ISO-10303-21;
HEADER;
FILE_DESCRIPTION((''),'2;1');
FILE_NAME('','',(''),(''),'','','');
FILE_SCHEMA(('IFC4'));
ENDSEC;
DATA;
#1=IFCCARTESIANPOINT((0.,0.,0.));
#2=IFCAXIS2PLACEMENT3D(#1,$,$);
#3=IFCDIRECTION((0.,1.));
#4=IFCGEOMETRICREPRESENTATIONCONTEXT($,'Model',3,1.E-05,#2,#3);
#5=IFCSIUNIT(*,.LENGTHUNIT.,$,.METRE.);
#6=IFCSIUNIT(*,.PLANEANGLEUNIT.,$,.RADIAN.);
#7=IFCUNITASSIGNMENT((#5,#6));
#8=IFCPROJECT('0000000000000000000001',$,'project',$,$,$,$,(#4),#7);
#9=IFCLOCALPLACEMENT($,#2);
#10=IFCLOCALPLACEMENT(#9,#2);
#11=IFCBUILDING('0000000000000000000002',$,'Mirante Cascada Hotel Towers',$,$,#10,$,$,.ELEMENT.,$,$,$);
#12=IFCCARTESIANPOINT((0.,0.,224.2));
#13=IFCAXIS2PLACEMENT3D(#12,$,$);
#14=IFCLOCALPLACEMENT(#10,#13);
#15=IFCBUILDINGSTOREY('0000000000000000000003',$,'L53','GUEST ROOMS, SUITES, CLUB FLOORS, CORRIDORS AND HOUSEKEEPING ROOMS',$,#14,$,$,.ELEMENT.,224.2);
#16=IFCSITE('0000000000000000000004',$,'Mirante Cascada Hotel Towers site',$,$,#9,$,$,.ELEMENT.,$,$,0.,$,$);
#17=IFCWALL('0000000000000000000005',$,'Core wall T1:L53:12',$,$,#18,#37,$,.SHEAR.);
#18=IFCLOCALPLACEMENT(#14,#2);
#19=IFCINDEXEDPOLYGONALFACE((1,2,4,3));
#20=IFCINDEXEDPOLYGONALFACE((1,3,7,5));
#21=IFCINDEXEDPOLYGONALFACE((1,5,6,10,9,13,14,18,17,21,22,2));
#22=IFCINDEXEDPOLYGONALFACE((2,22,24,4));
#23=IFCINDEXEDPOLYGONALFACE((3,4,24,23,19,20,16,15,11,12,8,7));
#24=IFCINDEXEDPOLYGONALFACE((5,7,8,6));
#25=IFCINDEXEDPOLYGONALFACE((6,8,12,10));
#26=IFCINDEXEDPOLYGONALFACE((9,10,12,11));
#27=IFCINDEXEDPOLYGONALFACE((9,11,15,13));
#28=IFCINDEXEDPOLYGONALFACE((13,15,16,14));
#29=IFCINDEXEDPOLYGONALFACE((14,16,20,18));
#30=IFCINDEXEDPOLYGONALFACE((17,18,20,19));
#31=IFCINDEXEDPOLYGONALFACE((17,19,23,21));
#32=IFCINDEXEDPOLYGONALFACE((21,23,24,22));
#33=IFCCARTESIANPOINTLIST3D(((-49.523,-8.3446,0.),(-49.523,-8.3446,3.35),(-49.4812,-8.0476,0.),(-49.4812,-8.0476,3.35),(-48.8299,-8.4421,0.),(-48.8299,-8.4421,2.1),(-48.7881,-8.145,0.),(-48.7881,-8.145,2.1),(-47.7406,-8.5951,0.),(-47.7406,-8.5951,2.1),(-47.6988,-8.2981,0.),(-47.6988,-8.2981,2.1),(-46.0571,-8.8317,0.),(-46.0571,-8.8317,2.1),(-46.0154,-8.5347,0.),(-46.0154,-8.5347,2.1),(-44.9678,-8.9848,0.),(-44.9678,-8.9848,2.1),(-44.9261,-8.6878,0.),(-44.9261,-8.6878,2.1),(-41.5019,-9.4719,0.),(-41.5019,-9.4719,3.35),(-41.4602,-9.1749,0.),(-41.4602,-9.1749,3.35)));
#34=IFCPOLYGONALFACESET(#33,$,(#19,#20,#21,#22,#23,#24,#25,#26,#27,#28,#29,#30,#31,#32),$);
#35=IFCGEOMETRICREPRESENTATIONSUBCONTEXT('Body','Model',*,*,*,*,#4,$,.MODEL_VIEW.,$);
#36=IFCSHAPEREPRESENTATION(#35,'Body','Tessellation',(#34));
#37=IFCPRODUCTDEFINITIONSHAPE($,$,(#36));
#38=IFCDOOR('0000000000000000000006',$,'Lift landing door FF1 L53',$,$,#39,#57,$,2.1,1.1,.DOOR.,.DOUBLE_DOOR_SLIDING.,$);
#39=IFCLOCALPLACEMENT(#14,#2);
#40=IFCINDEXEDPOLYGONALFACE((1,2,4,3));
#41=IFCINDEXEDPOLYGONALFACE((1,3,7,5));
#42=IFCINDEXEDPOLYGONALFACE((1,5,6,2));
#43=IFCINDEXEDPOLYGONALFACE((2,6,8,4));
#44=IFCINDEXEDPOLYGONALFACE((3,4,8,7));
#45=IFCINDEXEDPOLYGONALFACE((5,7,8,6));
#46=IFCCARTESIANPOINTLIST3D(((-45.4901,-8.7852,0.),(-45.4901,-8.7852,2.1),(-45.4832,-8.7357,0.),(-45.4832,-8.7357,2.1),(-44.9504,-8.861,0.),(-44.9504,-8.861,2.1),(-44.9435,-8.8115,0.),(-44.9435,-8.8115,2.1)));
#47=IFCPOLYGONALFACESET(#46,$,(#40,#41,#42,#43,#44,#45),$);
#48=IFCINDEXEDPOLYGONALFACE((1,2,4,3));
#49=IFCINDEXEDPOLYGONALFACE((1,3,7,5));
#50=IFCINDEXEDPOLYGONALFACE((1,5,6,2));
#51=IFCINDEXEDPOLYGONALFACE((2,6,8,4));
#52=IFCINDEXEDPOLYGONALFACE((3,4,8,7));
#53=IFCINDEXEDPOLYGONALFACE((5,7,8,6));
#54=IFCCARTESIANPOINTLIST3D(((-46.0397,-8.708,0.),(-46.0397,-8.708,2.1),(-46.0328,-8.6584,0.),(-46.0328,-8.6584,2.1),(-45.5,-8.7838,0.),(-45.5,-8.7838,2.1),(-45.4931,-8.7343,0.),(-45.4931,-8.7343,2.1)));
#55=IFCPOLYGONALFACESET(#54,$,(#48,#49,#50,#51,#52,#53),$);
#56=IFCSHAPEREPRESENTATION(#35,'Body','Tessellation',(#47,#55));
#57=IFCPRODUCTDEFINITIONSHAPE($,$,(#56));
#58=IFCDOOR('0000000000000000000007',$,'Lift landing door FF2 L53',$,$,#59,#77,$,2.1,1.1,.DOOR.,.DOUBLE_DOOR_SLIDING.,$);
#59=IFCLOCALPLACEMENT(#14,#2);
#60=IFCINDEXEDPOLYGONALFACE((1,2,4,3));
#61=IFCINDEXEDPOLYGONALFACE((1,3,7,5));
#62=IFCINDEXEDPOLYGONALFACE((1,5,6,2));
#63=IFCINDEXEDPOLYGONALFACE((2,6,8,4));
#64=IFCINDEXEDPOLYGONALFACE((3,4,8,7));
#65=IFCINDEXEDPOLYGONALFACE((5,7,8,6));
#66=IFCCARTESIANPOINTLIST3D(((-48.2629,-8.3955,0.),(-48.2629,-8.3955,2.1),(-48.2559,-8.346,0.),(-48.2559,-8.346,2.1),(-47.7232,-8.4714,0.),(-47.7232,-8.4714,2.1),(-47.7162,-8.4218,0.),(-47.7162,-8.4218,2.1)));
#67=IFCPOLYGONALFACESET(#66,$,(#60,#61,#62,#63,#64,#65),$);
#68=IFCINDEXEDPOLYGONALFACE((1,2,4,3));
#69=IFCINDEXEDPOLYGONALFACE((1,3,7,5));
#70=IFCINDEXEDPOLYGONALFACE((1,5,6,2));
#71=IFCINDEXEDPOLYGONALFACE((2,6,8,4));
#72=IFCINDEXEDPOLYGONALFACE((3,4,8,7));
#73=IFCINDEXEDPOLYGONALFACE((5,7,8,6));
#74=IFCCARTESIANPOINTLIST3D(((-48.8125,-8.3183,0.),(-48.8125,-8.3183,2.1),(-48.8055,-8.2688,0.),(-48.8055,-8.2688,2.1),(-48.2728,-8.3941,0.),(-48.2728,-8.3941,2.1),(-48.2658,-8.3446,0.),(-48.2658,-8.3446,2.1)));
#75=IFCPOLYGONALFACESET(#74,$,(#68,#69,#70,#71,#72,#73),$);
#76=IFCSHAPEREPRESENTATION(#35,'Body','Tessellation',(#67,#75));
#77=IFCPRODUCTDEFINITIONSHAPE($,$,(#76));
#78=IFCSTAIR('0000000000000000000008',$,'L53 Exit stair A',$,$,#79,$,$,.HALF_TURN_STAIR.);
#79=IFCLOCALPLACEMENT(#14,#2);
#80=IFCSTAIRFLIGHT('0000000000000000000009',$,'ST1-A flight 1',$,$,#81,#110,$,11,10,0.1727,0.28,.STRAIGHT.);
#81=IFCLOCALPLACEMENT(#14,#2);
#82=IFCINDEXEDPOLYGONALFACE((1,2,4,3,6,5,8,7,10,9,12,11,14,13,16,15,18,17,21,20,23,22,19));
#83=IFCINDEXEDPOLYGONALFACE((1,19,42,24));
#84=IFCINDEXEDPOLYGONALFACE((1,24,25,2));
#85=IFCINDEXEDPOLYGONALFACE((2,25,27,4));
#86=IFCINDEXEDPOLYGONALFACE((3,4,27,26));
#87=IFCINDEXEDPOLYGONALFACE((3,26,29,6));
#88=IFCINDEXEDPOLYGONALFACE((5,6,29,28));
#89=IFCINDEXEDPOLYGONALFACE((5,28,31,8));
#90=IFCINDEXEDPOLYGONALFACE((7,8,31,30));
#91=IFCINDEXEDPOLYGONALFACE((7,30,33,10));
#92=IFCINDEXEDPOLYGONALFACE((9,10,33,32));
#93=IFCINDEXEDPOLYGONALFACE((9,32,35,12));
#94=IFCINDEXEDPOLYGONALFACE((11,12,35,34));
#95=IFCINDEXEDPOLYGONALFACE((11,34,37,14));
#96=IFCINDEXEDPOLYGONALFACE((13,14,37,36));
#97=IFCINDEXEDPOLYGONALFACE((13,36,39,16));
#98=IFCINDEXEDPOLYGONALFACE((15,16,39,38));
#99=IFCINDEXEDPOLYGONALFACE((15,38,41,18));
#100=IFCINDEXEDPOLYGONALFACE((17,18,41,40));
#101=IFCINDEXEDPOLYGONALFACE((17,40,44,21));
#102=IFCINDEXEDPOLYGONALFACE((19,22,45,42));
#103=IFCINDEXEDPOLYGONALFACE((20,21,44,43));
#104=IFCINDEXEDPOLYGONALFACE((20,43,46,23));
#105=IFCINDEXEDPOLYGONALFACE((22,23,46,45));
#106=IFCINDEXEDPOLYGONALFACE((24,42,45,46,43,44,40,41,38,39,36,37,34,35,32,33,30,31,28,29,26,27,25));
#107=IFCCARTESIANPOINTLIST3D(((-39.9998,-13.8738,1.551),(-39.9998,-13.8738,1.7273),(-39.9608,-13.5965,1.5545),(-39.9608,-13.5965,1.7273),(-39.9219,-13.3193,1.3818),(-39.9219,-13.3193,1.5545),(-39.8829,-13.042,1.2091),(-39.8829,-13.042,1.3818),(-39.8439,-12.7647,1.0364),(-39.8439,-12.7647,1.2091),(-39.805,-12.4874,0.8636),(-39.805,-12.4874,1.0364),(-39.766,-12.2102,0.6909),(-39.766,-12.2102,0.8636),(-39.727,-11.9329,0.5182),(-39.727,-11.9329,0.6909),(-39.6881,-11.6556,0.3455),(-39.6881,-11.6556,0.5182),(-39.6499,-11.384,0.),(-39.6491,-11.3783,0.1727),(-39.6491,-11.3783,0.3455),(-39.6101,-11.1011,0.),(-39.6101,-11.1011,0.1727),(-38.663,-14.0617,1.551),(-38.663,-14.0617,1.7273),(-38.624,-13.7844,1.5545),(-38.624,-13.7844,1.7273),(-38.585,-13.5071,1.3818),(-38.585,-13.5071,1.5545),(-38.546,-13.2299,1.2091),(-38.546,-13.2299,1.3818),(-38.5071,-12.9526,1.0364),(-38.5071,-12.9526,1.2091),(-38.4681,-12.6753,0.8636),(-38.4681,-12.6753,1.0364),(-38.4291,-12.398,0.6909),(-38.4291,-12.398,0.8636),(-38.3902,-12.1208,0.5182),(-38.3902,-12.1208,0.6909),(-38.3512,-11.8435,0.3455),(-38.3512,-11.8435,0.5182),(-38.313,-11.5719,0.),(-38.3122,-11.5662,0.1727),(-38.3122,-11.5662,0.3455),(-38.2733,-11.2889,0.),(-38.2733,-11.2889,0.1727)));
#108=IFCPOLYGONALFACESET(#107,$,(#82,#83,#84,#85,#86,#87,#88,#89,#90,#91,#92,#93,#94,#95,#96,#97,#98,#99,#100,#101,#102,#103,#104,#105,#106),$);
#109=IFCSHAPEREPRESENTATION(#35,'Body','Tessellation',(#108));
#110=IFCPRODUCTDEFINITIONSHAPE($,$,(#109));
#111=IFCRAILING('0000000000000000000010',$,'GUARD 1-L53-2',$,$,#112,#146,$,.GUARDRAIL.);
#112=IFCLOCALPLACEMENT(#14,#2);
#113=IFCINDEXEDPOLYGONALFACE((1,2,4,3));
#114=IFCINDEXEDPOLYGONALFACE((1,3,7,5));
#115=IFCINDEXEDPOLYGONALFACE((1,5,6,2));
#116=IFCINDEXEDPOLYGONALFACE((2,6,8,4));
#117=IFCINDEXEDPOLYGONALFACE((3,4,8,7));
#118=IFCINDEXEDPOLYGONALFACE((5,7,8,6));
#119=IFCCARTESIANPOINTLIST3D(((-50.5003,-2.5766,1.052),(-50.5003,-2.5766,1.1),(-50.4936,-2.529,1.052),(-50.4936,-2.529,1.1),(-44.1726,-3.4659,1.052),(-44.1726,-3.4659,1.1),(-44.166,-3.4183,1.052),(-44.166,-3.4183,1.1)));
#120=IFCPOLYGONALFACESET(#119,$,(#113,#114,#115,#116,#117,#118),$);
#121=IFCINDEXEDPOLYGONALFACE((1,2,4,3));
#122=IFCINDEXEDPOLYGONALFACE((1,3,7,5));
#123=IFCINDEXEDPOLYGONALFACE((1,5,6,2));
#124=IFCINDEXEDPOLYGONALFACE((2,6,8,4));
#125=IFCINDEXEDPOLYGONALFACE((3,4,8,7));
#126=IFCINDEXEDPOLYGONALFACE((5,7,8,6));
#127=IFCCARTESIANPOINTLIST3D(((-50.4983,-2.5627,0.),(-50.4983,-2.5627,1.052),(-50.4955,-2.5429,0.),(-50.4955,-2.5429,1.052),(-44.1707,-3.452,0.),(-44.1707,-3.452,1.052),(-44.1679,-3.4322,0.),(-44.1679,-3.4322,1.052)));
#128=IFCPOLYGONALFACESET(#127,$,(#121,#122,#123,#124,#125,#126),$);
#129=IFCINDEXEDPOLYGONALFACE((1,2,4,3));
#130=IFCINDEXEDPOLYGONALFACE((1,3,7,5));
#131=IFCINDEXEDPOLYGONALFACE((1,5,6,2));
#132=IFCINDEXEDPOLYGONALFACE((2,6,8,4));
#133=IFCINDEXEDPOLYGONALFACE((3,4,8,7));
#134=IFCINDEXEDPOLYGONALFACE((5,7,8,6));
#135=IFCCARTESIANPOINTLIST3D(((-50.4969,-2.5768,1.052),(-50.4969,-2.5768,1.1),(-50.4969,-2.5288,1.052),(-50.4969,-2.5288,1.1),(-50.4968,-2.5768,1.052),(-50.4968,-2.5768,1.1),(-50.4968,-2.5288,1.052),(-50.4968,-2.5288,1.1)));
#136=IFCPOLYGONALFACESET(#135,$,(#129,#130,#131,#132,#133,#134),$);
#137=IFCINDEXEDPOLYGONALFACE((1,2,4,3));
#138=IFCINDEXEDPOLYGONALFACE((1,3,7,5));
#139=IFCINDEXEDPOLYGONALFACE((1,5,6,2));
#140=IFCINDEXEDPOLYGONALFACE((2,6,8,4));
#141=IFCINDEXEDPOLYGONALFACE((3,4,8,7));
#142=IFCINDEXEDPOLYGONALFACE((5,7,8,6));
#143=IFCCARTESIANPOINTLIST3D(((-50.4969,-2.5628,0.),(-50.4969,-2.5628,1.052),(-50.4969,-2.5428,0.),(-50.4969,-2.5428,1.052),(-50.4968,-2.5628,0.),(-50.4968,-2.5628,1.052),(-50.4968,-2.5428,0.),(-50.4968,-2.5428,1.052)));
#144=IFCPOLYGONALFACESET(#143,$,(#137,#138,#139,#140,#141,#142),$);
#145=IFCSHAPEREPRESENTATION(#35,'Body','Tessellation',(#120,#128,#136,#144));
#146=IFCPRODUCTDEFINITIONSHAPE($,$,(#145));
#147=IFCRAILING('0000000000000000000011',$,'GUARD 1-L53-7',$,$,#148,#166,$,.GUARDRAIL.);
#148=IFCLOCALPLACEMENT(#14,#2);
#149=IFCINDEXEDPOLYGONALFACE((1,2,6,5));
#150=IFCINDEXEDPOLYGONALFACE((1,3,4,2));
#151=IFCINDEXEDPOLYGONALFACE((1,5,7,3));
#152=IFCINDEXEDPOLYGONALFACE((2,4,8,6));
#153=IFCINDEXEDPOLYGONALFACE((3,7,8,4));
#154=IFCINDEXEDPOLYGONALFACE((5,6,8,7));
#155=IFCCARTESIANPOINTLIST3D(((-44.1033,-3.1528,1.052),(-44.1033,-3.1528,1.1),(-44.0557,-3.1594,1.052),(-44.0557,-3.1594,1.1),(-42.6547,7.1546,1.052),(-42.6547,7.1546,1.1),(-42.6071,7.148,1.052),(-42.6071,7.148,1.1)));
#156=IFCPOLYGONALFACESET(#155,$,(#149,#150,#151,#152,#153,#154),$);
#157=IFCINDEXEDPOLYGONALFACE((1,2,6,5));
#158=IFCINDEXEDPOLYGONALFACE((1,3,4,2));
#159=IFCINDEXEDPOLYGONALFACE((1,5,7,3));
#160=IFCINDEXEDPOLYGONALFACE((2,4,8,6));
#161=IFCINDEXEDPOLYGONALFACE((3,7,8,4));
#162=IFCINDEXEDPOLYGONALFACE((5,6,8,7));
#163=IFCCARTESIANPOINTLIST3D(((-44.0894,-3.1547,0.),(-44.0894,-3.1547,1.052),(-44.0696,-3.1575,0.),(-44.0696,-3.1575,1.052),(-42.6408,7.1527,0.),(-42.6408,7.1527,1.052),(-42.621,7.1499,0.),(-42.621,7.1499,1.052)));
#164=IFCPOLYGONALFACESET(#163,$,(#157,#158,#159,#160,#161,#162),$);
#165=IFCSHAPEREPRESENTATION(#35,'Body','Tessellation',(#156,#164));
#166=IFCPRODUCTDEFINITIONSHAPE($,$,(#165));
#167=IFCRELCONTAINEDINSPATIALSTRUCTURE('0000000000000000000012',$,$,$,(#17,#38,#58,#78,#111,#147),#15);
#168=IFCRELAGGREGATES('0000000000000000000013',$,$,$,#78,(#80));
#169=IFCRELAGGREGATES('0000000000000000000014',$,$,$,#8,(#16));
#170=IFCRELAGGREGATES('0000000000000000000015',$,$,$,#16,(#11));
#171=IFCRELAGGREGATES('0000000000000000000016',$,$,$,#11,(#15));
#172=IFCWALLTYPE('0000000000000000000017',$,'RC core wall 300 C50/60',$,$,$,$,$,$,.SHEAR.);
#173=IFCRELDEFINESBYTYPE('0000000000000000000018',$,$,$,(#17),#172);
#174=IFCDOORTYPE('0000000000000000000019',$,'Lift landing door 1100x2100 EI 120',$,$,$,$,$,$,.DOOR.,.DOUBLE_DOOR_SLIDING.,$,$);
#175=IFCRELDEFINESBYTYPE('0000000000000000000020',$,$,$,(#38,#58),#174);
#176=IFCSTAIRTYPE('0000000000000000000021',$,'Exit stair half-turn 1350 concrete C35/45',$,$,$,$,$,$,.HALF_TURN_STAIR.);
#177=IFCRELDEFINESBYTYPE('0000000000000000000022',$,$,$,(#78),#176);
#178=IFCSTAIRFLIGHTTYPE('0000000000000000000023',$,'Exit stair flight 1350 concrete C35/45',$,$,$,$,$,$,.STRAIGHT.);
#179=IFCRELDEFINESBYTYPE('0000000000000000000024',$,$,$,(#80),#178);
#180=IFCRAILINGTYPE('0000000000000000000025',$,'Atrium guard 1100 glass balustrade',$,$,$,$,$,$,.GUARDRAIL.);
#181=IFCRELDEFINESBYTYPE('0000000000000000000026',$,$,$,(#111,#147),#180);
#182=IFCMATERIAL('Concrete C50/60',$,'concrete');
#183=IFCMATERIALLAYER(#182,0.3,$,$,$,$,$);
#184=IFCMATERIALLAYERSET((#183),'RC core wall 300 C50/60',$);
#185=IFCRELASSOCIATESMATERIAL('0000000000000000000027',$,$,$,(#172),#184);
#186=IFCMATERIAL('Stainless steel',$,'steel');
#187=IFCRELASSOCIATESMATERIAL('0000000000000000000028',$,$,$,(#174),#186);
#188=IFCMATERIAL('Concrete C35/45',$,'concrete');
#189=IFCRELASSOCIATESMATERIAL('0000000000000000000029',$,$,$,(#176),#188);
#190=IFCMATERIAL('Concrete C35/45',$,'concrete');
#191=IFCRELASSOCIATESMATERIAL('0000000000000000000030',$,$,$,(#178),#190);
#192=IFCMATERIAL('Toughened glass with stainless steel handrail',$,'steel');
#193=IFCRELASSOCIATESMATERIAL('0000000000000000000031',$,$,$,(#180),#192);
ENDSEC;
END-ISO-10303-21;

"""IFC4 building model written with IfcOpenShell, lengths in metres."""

from ifc_helpers import new_model, si_unit, direction, frame, frame_2d, origin, origin_2d, place, context, subcontext, project, spatial, polyline, rectangle, outline, extrude, material, layer, layer_set, type_object, element, fill, aggregate, save


model = new_model("IFC4")

# Units and contexts
model_context = context("Model", 3, precision=1e-05, world=origin(), true_north=direction((0.0, 1.0)))
body_context = subcontext(model_context, "Body", "Model", "MODEL_VIEW")
ifc_project = project(units=[si_unit("LENGTHUNIT", "METRE"), si_unit("PLANEANGLEUNIT", "RADIAN")], contexts=[model_context])

# Site, building, storey
site_placement = place(None, origin())
site = spatial("IfcSite", under=ifc_project, at=site_placement, Name="Mirante Cascada Hotel Towers site", CompositionType="ELEMENT", RefElevation=0.0)
building_placement = place(site_placement, origin())
building = spatial("IfcBuilding", under=site, at=building_placement, Name="Mirante Cascada Hotel Towers", CompositionType="ELEMENT")
storey_placement = place(building_placement, frame((0.0, 0.0, 224.2)))
storey = spatial("IfcBuildingStorey", under=building, at=storey_placement, Name="L53", Description="GUEST ROOMS, SUITES, CLUB FLOORS, CORRIDORS AND HOUSEKEEPING ROOMS", CompositionType="ELEMENT", Elevation=224.2)

# Shared definitions
ifc_material_1 = material(Name="Concrete C50/60", Category="concrete")
ifc_layer_1 = layer(ifc_material_1, 0.3)
ifc_layer_set_1 = layer_set([ifc_layer_1], Name="RC core wall 300 C50/60")
wall_type_1 = type_object("IfcWallType", Name="RC core wall 300 C50/60", PredefinedType="SHEAR", material=ifc_layer_set_1)

# Wall, openings, doors
wall_1_placement = place(storey_placement, frame((-41.481, -9.3234, 0.0), z_axis=(0.0, 0.0, 1.0), x_axis=(-0.990268, 0.139174, 0.0)))
wall_1 = element("IfcWall", 1, at=wall_1_placement, inside=storey, type_object=wall_type_1, Name="Core wall T1:L53:12", PredefinedType="SHEAR", context=body_context, shape_type="SweptSolid", body=[
    extrude(rectangle(XDim=8.0999, YDim=0.3, at=frame_2d((4.05, 0.0))), origin(), (0.0, 0.0, 1.0), 3.35),
])
opening_1_placement = place(wall_1_placement, frame((3.5, 0.0, 0.0)))
opening_1 = element("IfcOpeningElement", 2, at=opening_1_placement, cuts=wall_1, PredefinedType="OPENING", context=body_context, shape_type="SweptSolid", body=[
    extrude(rectangle(XDim=1.1, YDim=2.1, at=frame_2d((0.55, 1.05))), frame((0.0, 0.15, 0.0), z_axis=(0.0, -1.0, 0.0), x_axis=(1.0, 0.0, 0.0)), (0.0, 0.0, 1.0), 0.3),
])
opening_2_placement = place(wall_1_placement, frame((6.3, 0.0, 0.0)))
opening_2 = element("IfcOpeningElement", 3, at=opening_2_placement, cuts=wall_1, PredefinedType="OPENING", context=body_context, shape_type="SweptSolid", body=[
    extrude(rectangle(XDim=1.1, YDim=2.1, at=frame_2d((0.55, 1.05))), frame((0.0, 0.15, 0.0), z_axis=(0.0, -1.0, 0.0), x_axis=(1.0, 0.0, 0.0)), (0.0, 0.0, 1.0), 0.3),
])
ifc_material_2 = material(Name="Stainless steel", Category="steel")
door_type_1 = type_object("IfcDoorType", Name="Lift landing door 1100x2100 EI 120", OperationType="DOUBLE_DOOR_SLIDING", PredefinedType="DOOR", material=ifc_material_2)
door_1_placement = place(opening_1_placement, origin())
door_1 = element("IfcDoor", 4, at=door_1_placement, inside=storey, type_object=door_type_1, Name="Lift landing door FF1 L53", OperationType="DOUBLE_DOOR_SLIDING", OverallHeight=2.1, OverallWidth=1.1, PredefinedType="DOOR", context=body_context, shape_type="SweptSolid", body=[
    extrude(rectangle(XDim=0.545, YDim=2.1, at=frame_2d((0.2725, 1.05))), frame((0.0, 0.025, 0.0), z_axis=(0.0, -1.0, 0.0), x_axis=(1.0, 0.0, 0.0)), (0.0, 0.0, 1.0), 0.05),
    extrude(rectangle(XDim=0.545, YDim=2.1, at=frame_2d((0.8275, 1.05))), frame((0.0, 0.025, 0.0), z_axis=(0.0, -1.0, 0.0), x_axis=(1.0, 0.0, 0.0)), (0.0, 0.0, 1.0), 0.05),
])
fill(opening_1, door_1)
door_2_placement = place(opening_2_placement, origin())
door_2 = element("IfcDoor", 5, at=door_2_placement, inside=storey, type_object=door_type_1, Name="Lift landing door FF2 L53", OperationType="DOUBLE_DOOR_SLIDING", OverallHeight=2.1, OverallWidth=1.1, PredefinedType="DOOR", context=body_context, shape_type="SweptSolid", body=[
    extrude(rectangle(XDim=0.545, YDim=2.1, at=frame_2d((0.2725, 1.05))), frame((0.0, 0.025, 0.0), z_axis=(0.0, -1.0, 0.0), x_axis=(1.0, 0.0, 0.0)), (0.0, 0.0, 1.0), 0.05),
    extrude(rectangle(XDim=0.545, YDim=2.1, at=frame_2d((0.8275, 1.05))), frame((0.0, 0.025, 0.0), z_axis=(0.0, -1.0, 0.0), x_axis=(1.0, 0.0, 0.0)), (0.0, 0.0, 1.0), 0.05),
])
fill(opening_2, door_2)

# Stair, stair flight
ifc_material_3 = material(Name="Concrete C35/45", Category="concrete")
stair_type = type_object("IfcStairType", Name="Exit stair half-turn 1350 concrete C35/45", PredefinedType="HALF_TURN_STAIR", material=ifc_material_3)
stair_placement = place(storey_placement, origin())
stair = element("IfcStair", 6, at=stair_placement, inside=storey, type_object=stair_type, Name="L53 Exit stair A", PredefinedType="HALF_TURN_STAIR")
ifc_material_4 = material(Name="Concrete C35/45", Category="concrete")
stair_flight_type = type_object("IfcStairFlightType", Name="Exit stair flight 1350 concrete C35/45", PredefinedType="STRAIGHT", material=ifc_material_4)
stair_flight_placement = place(storey_placement, frame((-38.9417, -11.195, 0.0), z_axis=(0.0, 0.0, 1.0), x_axis=(-0.139173, -0.990268, 0.0)))
stair_flight = element("IfcStairFlight", 7, at=stair_flight_placement, type_object=stair_flight_type, Name="ST1-A flight 1", NumberOfRisers=11, NumberOfTreads=10, PredefinedType="STRAIGHT", RiserHeight=0.1727, TreadLength=0.28, context=body_context, shape_type="SweptSolid", body=[
    extrude(outline(polyline([(0.0, 0.0), (0.0, 0.1727), (0.28, 0.1727), (0.28, 0.3455), (0.56, 0.3455), (0.56, 0.5182), (0.84, 0.5182), (0.84, 0.6909), (1.12, 0.6909), (1.12, 0.8636), (1.4, 0.8636), (1.4, 1.0364), (1.68, 1.0364), (1.68, 1.2091), (1.96, 1.2091), (1.96, 1.3818), (2.24, 1.3818), (2.24, 1.5545), (2.52, 1.5545), (2.52, 1.7273), (2.8, 1.7273), (2.8, 1.9), (2.8, 1.551), (0.2857, 0.0), (0.0, 0.0)])), frame((0.0, 0.675, 0.0), z_axis=(0.0, -1.0, 0.0), x_axis=(1.0, 0.0, 0.0)), (0.0, 0.0, 1.0), 1.35),
])
aggregate(stair, [stair_flight])

# Railings
ifc_material_5 = material(Name="Toughened glass with stainless steel handrail", Category="steel")
railing_type_1 = type_object("IfcRailingType", Name="Atrium guard 1100 glass balustrade", PredefinedType="GUARDRAIL", material=ifc_material_5)
railing_1_placement = place(storey_placement, frame((-44.1693, -3.4421, 0.0)))
element("IfcRailing", 8, at=railing_1_placement, inside=storey, type_object=railing_type_1, Name="GUARD 1-L53-2", PredefinedType="GUARDRAIL", context=body_context, shape_type="SweptSolid", body=[
    extrude(rectangle(XDim=0.048, YDim=0.048, at=origin_2d()), frame((0.0, 0.0, 1.076), z_axis=(-0.990268, 0.139175, 0.0), x_axis=(-0.139175, -0.990268, 0.0)), (0.0, 0.0, 1.0), 6.3898),
    extrude(rectangle(XDim=0.02, YDim=1.052, at=origin_2d()), frame((0.0, 0.0, 0.526), z_axis=(-0.990268, 0.139175, 0.0), x_axis=(-0.139175, -0.990268, 0.0)), (0.0, 0.0, 1.0), 6.3898),
    extrude(rectangle(XDim=0.048, YDim=0.048, at=origin_2d()), frame((-6.3276, 0.8893, 1.076), z_axis=(1.0, 0.0, 0.0), x_axis=(0.0, 1.0, 0.0)), (0.0, 0.0, 1.0), 0.0001),
    extrude(rectangle(XDim=0.02, YDim=1.052, at=origin_2d()), frame((-6.3276, 0.8893, 0.526), z_axis=(1.0, 0.0, 0.0), x_axis=(0.0, 1.0, 0.0)), (0.0, 0.0, 1.0), 0.0001),
])
railing_2_placement = place(storey_placement, frame((-44.0795, -3.1561, 0.0)))
element("IfcRailing", 9, at=railing_2_placement, inside=storey, type_object=railing_type_1, Name="GUARD 1-L53-7", PredefinedType="GUARDRAIL", context=body_context, shape_type="SweptSolid", body=[
    extrude(rectangle(XDim=0.048, YDim=0.048, at=origin_2d()), frame((0.0, 0.0, 1.076), z_axis=(0.139172, 0.990268, 0.0), x_axis=(-0.990268, 0.139172, 0.0)), (0.0, 0.0, 1.0), 10.4087),
    extrude(rectangle(XDim=0.02, YDim=1.052, at=origin_2d()), frame((0.0, 0.0, 0.526), z_axis=(0.139172, 0.990268, 0.0), x_axis=(-0.990268, 0.139172, 0.0)), (0.0, 0.0, 1.0), 10.4087),
])

save(model, "model.ifc")
